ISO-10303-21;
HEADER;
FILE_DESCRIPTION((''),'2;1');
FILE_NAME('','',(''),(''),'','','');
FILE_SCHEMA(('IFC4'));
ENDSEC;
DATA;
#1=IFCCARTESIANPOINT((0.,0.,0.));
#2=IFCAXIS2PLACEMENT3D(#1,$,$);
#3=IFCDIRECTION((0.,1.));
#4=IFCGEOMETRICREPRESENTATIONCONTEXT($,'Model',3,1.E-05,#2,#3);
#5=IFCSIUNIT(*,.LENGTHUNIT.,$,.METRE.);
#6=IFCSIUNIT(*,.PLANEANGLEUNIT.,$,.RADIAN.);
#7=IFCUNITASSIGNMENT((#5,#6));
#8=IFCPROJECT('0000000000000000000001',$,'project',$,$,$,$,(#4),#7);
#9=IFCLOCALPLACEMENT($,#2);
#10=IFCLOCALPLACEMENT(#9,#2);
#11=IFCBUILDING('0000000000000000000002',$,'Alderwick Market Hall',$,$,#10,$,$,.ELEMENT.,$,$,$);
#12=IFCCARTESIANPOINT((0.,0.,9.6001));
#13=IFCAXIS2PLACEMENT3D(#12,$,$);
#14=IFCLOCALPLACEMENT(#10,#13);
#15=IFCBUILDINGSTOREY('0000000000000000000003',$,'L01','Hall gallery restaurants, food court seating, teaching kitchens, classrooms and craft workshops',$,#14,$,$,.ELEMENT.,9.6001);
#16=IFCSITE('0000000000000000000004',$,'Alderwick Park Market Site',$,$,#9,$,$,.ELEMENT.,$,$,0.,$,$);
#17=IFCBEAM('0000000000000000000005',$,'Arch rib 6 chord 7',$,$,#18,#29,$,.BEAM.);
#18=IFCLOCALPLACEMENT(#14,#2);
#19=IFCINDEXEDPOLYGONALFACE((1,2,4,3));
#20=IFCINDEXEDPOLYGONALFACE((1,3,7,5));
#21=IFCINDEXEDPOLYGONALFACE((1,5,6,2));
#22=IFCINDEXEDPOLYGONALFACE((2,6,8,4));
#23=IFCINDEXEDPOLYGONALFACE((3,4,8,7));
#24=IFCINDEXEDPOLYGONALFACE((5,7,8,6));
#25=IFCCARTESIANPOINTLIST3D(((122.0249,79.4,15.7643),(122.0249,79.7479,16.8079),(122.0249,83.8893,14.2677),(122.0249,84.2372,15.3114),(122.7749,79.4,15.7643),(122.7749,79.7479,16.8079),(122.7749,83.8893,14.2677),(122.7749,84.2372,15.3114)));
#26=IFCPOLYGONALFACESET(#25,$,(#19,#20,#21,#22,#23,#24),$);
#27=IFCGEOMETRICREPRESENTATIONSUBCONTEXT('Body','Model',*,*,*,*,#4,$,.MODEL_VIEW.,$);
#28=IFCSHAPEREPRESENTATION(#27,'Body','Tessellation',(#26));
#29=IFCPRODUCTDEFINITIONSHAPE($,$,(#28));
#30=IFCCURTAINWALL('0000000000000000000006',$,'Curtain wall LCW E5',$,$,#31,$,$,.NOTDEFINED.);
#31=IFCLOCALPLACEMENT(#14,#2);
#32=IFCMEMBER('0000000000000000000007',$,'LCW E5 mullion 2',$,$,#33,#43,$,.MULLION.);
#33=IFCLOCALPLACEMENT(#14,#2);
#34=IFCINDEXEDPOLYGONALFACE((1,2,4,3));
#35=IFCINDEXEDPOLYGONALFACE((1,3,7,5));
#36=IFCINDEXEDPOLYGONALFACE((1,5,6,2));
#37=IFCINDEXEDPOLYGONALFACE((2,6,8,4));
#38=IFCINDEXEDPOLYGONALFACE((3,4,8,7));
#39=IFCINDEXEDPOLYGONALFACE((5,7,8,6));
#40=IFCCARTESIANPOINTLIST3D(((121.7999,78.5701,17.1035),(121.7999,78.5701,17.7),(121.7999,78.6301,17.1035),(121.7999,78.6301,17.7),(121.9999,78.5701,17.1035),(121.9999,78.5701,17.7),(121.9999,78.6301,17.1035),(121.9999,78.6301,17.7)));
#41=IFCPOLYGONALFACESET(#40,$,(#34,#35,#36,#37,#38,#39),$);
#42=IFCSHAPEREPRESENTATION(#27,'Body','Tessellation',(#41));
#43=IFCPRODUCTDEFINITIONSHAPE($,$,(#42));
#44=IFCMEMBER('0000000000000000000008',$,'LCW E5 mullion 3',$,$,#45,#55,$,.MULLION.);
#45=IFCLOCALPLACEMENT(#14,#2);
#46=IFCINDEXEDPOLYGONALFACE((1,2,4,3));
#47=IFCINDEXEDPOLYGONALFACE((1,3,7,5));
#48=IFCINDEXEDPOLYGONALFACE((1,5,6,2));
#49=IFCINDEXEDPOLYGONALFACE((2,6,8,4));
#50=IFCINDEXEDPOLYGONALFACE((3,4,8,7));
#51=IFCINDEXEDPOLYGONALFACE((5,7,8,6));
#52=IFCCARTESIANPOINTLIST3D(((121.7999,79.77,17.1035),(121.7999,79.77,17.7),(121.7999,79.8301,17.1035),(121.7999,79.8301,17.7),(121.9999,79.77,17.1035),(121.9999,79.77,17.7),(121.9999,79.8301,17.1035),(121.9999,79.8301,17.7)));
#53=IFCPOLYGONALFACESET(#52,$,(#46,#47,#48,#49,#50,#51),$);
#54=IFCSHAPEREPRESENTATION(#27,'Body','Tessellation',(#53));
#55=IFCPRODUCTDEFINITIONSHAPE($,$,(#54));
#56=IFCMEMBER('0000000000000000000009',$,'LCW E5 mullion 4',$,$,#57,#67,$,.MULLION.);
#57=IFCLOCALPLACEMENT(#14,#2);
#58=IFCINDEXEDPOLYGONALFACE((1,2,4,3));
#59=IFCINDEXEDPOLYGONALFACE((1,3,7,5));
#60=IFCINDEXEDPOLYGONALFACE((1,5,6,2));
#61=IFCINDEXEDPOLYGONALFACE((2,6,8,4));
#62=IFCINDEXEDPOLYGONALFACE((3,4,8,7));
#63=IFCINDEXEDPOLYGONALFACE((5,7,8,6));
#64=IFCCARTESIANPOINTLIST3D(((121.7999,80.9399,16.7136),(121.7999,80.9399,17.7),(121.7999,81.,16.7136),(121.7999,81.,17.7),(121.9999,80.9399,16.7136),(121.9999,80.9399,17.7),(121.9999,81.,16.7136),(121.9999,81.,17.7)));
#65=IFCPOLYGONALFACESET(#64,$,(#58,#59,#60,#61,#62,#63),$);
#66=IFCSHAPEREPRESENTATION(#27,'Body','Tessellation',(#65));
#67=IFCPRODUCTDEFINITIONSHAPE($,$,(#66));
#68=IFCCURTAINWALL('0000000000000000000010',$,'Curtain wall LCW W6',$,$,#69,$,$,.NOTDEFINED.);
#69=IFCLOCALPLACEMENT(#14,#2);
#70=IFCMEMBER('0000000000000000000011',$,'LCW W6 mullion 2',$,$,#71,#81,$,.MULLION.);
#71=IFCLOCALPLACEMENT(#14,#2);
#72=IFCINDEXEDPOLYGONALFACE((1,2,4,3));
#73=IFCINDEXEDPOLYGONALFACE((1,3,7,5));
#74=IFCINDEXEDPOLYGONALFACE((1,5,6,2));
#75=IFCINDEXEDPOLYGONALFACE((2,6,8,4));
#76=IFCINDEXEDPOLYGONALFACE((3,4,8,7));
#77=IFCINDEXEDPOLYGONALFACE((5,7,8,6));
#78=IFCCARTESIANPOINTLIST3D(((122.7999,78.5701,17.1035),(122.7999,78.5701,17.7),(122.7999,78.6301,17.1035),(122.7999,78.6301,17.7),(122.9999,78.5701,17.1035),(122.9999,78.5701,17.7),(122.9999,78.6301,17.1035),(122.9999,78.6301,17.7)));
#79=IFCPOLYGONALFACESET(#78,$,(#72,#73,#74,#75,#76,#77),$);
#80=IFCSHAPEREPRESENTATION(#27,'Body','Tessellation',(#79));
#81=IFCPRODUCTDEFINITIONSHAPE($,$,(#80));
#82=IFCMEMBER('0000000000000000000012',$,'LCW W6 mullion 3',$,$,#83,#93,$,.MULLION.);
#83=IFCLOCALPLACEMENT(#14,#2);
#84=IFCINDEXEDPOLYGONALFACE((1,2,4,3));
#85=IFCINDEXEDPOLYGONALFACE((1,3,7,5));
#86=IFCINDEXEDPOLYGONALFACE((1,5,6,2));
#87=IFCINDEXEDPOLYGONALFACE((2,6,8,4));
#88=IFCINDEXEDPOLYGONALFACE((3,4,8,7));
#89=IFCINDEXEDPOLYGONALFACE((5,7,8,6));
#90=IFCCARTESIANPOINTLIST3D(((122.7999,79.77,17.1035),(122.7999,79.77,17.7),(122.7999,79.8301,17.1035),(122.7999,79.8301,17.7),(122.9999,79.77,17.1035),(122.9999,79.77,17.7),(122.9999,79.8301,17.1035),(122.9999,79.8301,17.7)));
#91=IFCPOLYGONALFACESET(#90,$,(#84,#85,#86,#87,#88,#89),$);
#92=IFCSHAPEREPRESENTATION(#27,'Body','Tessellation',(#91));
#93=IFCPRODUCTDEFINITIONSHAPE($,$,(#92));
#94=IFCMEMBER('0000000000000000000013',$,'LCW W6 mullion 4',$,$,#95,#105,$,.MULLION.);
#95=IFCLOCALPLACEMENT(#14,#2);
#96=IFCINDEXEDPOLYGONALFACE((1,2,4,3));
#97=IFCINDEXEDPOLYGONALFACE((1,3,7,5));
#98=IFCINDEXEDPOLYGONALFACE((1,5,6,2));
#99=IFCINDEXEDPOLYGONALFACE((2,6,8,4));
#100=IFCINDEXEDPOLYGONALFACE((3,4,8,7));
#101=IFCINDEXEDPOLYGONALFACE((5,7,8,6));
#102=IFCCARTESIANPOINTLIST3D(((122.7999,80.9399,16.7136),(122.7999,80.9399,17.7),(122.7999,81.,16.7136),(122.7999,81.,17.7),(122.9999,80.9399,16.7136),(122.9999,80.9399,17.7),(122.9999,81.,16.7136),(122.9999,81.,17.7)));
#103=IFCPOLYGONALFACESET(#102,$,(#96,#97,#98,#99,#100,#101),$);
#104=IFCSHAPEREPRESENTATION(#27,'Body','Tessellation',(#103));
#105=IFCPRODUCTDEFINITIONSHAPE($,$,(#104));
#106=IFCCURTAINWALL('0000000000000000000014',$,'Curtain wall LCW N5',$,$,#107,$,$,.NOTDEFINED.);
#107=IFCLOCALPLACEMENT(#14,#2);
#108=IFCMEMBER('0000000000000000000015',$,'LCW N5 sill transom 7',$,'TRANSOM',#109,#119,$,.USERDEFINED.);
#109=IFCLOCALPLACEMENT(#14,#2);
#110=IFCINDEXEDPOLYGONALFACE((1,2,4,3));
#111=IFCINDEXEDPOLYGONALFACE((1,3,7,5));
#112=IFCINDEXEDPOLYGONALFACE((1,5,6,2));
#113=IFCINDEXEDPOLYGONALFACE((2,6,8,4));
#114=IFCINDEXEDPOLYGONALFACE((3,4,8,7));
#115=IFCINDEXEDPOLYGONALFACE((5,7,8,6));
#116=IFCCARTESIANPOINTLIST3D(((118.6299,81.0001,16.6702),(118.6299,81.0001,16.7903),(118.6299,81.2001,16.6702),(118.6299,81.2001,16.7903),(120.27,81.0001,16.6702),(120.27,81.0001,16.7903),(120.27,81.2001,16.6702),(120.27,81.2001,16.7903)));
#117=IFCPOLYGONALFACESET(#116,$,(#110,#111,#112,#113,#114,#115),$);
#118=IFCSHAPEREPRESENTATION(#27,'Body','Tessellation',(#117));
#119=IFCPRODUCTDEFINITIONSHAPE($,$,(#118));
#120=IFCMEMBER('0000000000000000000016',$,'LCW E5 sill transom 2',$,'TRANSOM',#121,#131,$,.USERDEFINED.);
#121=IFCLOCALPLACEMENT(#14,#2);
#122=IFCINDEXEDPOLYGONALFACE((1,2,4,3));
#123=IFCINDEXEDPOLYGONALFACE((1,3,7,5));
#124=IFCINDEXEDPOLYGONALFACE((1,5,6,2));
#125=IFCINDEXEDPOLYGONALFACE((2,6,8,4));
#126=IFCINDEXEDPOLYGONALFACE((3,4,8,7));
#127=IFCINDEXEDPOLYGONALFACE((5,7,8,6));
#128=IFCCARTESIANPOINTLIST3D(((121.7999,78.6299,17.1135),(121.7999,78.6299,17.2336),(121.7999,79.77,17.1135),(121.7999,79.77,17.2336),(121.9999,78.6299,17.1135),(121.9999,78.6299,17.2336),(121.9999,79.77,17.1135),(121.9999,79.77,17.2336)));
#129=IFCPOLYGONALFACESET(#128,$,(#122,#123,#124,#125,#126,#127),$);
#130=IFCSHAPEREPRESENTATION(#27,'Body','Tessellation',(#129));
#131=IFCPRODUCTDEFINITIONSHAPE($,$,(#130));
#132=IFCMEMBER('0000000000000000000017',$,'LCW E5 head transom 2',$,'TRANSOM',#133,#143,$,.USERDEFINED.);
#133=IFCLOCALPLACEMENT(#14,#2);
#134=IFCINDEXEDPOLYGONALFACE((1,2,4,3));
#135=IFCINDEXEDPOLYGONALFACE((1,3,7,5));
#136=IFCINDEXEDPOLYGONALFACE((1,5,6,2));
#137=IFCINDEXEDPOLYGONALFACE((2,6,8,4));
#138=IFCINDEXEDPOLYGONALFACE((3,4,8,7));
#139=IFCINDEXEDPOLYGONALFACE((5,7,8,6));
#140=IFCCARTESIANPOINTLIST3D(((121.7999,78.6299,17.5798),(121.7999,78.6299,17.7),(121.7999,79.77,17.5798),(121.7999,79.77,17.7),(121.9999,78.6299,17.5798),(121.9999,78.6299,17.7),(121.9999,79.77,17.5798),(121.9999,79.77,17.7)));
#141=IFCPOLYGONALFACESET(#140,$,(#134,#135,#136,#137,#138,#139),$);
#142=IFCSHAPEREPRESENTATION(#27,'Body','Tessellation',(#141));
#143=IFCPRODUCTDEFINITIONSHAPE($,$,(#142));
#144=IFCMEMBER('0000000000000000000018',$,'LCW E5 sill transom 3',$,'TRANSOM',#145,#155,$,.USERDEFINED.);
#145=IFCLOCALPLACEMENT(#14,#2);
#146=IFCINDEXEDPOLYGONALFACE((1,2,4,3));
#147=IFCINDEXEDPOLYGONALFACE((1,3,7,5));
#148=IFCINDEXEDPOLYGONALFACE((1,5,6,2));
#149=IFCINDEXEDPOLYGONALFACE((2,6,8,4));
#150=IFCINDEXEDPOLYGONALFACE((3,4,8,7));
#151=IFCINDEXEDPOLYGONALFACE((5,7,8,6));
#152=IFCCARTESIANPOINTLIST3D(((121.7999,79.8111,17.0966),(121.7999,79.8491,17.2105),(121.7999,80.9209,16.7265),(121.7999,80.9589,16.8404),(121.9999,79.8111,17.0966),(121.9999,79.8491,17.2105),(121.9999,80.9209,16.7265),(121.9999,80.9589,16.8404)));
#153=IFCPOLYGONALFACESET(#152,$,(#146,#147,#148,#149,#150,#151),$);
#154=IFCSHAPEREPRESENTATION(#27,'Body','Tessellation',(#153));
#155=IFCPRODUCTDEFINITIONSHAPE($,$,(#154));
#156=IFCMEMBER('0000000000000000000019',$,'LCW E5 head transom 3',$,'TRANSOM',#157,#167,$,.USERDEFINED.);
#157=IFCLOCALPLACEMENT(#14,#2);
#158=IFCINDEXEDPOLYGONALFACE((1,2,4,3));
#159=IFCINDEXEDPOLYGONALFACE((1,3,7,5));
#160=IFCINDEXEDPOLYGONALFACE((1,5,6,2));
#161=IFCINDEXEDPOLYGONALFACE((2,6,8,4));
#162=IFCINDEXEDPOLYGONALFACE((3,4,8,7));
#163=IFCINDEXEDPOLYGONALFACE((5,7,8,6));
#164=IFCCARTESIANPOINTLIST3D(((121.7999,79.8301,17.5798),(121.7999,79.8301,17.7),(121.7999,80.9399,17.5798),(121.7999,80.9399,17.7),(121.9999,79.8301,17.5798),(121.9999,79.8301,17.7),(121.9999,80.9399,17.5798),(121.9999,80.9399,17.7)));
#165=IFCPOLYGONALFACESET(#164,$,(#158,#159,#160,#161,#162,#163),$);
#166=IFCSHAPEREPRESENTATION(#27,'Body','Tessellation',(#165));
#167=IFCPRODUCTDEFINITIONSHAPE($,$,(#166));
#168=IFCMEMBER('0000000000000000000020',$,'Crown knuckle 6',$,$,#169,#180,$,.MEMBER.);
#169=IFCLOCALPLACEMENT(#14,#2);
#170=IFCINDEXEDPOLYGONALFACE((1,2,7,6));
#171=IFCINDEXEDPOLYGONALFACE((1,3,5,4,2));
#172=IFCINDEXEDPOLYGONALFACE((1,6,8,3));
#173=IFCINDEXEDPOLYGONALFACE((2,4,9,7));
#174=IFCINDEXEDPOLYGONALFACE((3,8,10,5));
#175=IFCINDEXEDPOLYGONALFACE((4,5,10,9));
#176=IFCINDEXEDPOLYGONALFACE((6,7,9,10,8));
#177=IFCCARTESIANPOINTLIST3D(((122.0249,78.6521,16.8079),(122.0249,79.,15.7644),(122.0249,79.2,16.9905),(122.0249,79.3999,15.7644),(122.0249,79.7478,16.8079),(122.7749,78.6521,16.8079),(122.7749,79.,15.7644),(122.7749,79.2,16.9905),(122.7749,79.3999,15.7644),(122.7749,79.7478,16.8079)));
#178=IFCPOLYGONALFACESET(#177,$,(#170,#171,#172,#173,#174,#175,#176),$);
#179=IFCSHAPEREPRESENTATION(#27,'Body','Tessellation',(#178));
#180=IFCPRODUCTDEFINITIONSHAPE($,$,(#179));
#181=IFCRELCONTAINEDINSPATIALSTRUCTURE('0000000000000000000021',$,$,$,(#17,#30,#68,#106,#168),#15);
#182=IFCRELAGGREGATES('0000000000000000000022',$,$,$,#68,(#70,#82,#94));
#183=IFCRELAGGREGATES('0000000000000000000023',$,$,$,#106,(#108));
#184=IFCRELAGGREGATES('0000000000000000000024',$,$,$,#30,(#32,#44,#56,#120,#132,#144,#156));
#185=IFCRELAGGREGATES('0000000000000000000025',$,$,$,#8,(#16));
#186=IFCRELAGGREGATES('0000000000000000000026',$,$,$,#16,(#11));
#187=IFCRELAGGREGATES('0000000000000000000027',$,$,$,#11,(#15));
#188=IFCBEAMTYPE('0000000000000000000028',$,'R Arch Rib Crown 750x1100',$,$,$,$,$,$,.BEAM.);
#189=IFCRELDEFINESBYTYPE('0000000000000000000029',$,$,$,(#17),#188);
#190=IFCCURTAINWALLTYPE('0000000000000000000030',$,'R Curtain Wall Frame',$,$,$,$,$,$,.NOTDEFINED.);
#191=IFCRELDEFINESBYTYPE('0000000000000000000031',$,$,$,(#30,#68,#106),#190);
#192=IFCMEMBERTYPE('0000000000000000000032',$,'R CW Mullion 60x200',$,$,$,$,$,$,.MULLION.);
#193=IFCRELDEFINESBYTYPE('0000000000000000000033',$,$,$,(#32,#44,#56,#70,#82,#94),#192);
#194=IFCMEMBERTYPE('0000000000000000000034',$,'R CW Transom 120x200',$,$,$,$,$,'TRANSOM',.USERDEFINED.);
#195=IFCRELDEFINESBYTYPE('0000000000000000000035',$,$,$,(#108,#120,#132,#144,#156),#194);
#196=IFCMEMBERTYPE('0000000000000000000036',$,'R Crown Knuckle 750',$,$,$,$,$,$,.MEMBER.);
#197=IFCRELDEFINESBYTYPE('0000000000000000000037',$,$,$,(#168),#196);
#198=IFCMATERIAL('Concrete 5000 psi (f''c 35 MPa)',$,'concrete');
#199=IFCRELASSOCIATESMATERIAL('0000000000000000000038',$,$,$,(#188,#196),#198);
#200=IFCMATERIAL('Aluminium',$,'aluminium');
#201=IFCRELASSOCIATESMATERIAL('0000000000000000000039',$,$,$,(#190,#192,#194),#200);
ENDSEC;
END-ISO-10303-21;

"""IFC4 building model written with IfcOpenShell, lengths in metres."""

from ifc_helpers import new_model, si_unit, direction, frame, origin, origin_2d, place, context, subcontext, project, spatial, polyline, rectangle, outline, extrude, material, material_profile, profile_set, type_object, element, aggregate, save


model = new_model("IFC4")

# Units and contexts
model_context = context("Model", 3, precision=1e-05, world=origin(), true_north=direction((0.0, 1.0)))
body_context = subcontext(model_context, "Body", "Model", "MODEL_VIEW")
ifc_project = project(units=[si_unit("LENGTHUNIT", "METRE"), si_unit("PLANEANGLEUNIT", "RADIAN")], contexts=[model_context])

# Site, building, storey
site_placement = place(None, origin())
site = spatial("IfcSite", under=ifc_project, at=site_placement, Name="Alderwick Park Market Site", CompositionType="ELEMENT", RefElevation=0.0)
building_placement = place(site_placement, origin())
building = spatial("IfcBuilding", under=site, at=building_placement, Name="Alderwick Market Hall", CompositionType="ELEMENT")
storey_placement = place(building_placement, frame((0.0, 0.0, 9.6001)))
storey = spatial("IfcBuildingStorey", under=building, at=storey_placement, Name="L01", Description="Hall gallery restaurants, food court seating, teaching kitchens, classrooms and craft workshops", CompositionType="ELEMENT", Elevation=9.6001)

# Beam
ifc_material_1 = material(Name="Concrete 5000 psi (f'c 35 MPa)", Category="concrete")
ifc_material_profile_1 = material_profile(ifc_material_1, rectangle(XDim=0.75, YDim=1.1001, at=origin_2d()), Name="RC 750x1100")
ifc_profile_set_1 = profile_set([ifc_material_profile_1], Name="Concrete 5000 psi (f'c 35 MPa)")
beam_type = type_object("IfcBeamType", Name="R Arch Rib Crown 750x1100", PredefinedType="BEAM", material=ifc_profile_set_1)
beam_placement = place(storey_placement, frame((122.3999, 79.574, 16.2861), z_axis=(0.0, 0.948673, -0.316259), x_axis=(-1.0, 0.0, 0.0)))
element("IfcBeam", 1, at=beam_placement, inside=storey, type_object=beam_type, Name="Arch rib 6 chord 7", PredefinedType="BEAM", context=body_context, shape_type="SweptSolid", body=[
    extrude(rectangle(XDim=0.75, YDim=1.1001, at=origin_2d()), origin(), (0.0, 0.0, 1.0), 4.7322),
])

# Curtain walls, members
ifc_material_2 = material(Name="Aluminium", Category="aluminium")
curtain_wall_type = type_object("IfcCurtainWallType", Name="R Curtain Wall Frame", PredefinedType="NOTDEFINED", material=ifc_material_2)
curtain_wall_1_placement = place(storey_placement, origin())
curtain_wall_1 = element("IfcCurtainWall", 2, at=curtain_wall_1_placement, inside=storey, type_object=curtain_wall_type, Name="Curtain wall LCW E5", PredefinedType="NOTDEFINED")
ifc_material_profile_2 = material_profile(ifc_material_2, rectangle(XDim=0.2, YDim=0.0601, at=origin_2d()), Name="AL 60x200")
ifc_profile_set_2 = profile_set([ifc_material_profile_2], Name="Aluminium")
member_type_1 = type_object("IfcMemberType", Name="R CW Mullion 60x200", PredefinedType="MULLION", material=ifc_profile_set_2)
member_1_placement = place(storey_placement, frame((121.8999, 78.6001, 17.1035), z_axis=(0.0, 0.0, 1.0), x_axis=(1.0, 0.0, 0.0)))
member_1 = element("IfcMember", 3, at=member_1_placement, type_object=member_type_1, Name="LCW E5 mullion 2", PredefinedType="MULLION", context=body_context, shape_type="SweptSolid", body=[
    extrude(rectangle(XDim=0.2, YDim=0.0601, at=origin_2d()), origin(), (0.0, 0.0, 1.0), 0.5964),
])
member_2_placement = place(storey_placement, frame((121.8999, 79.8, 17.1035), z_axis=(0.0, 0.0, 1.0), x_axis=(1.0, 0.0, 0.0)))
member_2 = element("IfcMember", 4, at=member_2_placement, type_object=member_type_1, Name="LCW E5 mullion 3", PredefinedType="MULLION", context=body_context, shape_type="SweptSolid", body=[
    extrude(rectangle(XDim=0.2, YDim=0.0601, at=origin_2d()), origin(), (0.0, 0.0, 1.0), 0.5964),
])
member_3_placement = place(storey_placement, frame((121.8999, 80.97, 16.7136), z_axis=(0.0, 0.0, 1.0), x_axis=(1.0, 0.0, 0.0)))
member_3 = element("IfcMember", 5, at=member_3_placement, type_object=member_type_1, Name="LCW E5 mullion 4", PredefinedType="MULLION", context=body_context, shape_type="SweptSolid", body=[
    extrude(rectangle(XDim=0.2, YDim=0.0601, at=origin_2d()), origin(), (0.0, 0.0, 1.0), 0.9863),
])
curtain_wall_2_placement = place(storey_placement, origin())
curtain_wall_2 = element("IfcCurtainWall", 6, at=curtain_wall_2_placement, inside=storey, type_object=curtain_wall_type, Name="Curtain wall LCW W6", PredefinedType="NOTDEFINED")
member_4_placement = place(storey_placement, frame((122.8999, 78.6001, 17.1035), z_axis=(0.0, 0.0, 1.0), x_axis=(1.0, 0.0, 0.0)))
member_4 = element("IfcMember", 7, at=member_4_placement, type_object=member_type_1, Name="LCW W6 mullion 2", PredefinedType="MULLION", context=body_context, shape_type="SweptSolid", body=[
    extrude(rectangle(XDim=0.2, YDim=0.0601, at=origin_2d()), origin(), (0.0, 0.0, 1.0), 0.5964),
])
member_5_placement = place(storey_placement, frame((122.8999, 79.8, 17.1035), z_axis=(0.0, 0.0, 1.0), x_axis=(1.0, 0.0, 0.0)))
member_5 = element("IfcMember", 8, at=member_5_placement, type_object=member_type_1, Name="LCW W6 mullion 3", PredefinedType="MULLION", context=body_context, shape_type="SweptSolid", body=[
    extrude(rectangle(XDim=0.2, YDim=0.0601, at=origin_2d()), origin(), (0.0, 0.0, 1.0), 0.5964),
])
member_6_placement = place(storey_placement, frame((122.8999, 80.97, 16.7136), z_axis=(0.0, 0.0, 1.0), x_axis=(1.0, 0.0, 0.0)))
member_6 = element("IfcMember", 9, at=member_6_placement, type_object=member_type_1, Name="LCW W6 mullion 4", PredefinedType="MULLION", context=body_context, shape_type="SweptSolid", body=[
    extrude(rectangle(XDim=0.2, YDim=0.0601, at=origin_2d()), origin(), (0.0, 0.0, 1.0), 0.9863),
])
aggregate(curtain_wall_2, [member_4, member_5, member_6])

# Curtain wall, member
curtain_wall_3_placement = place(storey_placement, origin())
curtain_wall_3 = element("IfcCurtainWall", 10, at=curtain_wall_3_placement, inside=storey, type_object=curtain_wall_type, Name="Curtain wall LCW N5", PredefinedType="NOTDEFINED")
ifc_material_profile_3 = material_profile(ifc_material_2, rectangle(XDim=0.2, YDim=0.1201, at=origin_2d()), Name="AL 120x200")
ifc_profile_set_3 = profile_set([ifc_material_profile_3], Name="Aluminium")
member_type_2 = type_object("IfcMemberType", Name="R CW Transom 120x200", ElementType="TRANSOM", PredefinedType="USERDEFINED", material=ifc_profile_set_3)
member_7_placement = place(storey_placement, frame((118.6299, 81.1001, 16.7302), z_axis=(1.0, 0.0, 0.0), x_axis=(0.0, 1.0, 0.0)))
member_7 = element("IfcMember", 11, at=member_7_placement, type_object=member_type_2, Name="LCW N5 sill transom 7", ObjectType="TRANSOM", PredefinedType="USERDEFINED", context=body_context, shape_type="SweptSolid", body=[
    extrude(rectangle(XDim=0.2, YDim=0.1201, at=origin_2d()), origin(), (0.0, 0.0, 1.0), 1.6401),
])
aggregate(curtain_wall_3, [member_7])

# Members
member_8_placement = place(storey_placement, frame((121.8999, 78.6299, 17.1736), z_axis=(0.0, 1.0, 0.0), x_axis=(-1.0, 0.0, 0.0)))
member_8 = element("IfcMember", 12, at=member_8_placement, type_object=member_type_2, Name="LCW E5 sill transom 2", ObjectType="TRANSOM", PredefinedType="USERDEFINED", context=body_context, shape_type="SweptSolid", body=[
    extrude(rectangle(XDim=0.2, YDim=0.1201, at=origin_2d()), origin(), (0.0, 0.0, 1.0), 1.1401),
])
member_9_placement = place(storey_placement, frame((121.8999, 78.6299, 17.6399), z_axis=(0.0, 1.0, 0.0), x_axis=(-1.0, 0.0, 0.0)))
member_9 = element("IfcMember", 13, at=member_9_placement, type_object=member_type_2, Name="LCW E5 head transom 2", ObjectType="TRANSOM", PredefinedType="USERDEFINED", context=body_context, shape_type="SweptSolid", body=[
    extrude(rectangle(XDim=0.2, YDim=0.1201, at=origin_2d()), origin(), (0.0, 0.0, 1.0), 1.1401),
])
member_10_placement = place(storey_placement, frame((121.8999, 79.8301, 17.1536), z_axis=(0.0, 0.948642, -0.316353), x_axis=(-1.0, 0.0, 0.0)))
member_10 = element("IfcMember", 14, at=member_10_placement, type_object=member_type_2, Name="LCW E5 sill transom 3", ObjectType="TRANSOM", PredefinedType="USERDEFINED", context=body_context, shape_type="SweptSolid", body=[
    extrude(rectangle(XDim=0.2, YDim=0.1201, at=origin_2d()), origin(), (0.0, 0.0, 1.0), 1.1699),
])
member_11_placement = place(storey_placement, frame((121.8999, 79.8301, 17.6399), z_axis=(0.0, 1.0, 0.0), x_axis=(-1.0, 0.0, 0.0)))
member_11 = element("IfcMember", 15, at=member_11_placement, type_object=member_type_2, Name="LCW E5 head transom 3", ObjectType="TRANSOM", PredefinedType="USERDEFINED", context=body_context, shape_type="SweptSolid", body=[
    extrude(rectangle(XDim=0.2, YDim=0.1201, at=origin_2d()), origin(), (0.0, 0.0, 1.0), 1.1099),
])

# Member
ifc_material_profile_4 = material_profile(ifc_material_1, outline(polyline([(-0.2, 0.0), (-0.5479, 1.0435), (0.0, 1.2261), (0.5479, 1.0435), (0.2, 0.0), (-0.2, 0.0)])), Name="RC crown knuckle")
ifc_profile_set_4 = profile_set([ifc_material_profile_4], Name="Concrete 5000 psi (f'c 35 MPa)")
member_type_3 = type_object("IfcMemberType", Name="R Crown Knuckle 750", PredefinedType="MEMBER", material=ifc_profile_set_4)
member_12_placement = place(storey_placement, frame((122.0249, 79.2, 15.7644), z_axis=(1.0, 0.0, 0.0), x_axis=(0.0, 1.0, 0.0)))
element("IfcMember", 16, at=member_12_placement, inside=storey, type_object=member_type_3, Name="Crown knuckle 6", PredefinedType="MEMBER", context=body_context, shape_type="SweptSolid", body=[
    extrude(outline(polyline([(-0.2, 0.0), (-0.5479, 1.0435), (0.0, 1.2261), (0.5479, 1.0435), (0.2, 0.0), (-0.2, 0.0)])), origin(), (0.0, 0.0, 1.0), 0.75),
])

aggregate(curtain_wall_1, [member_1, member_2, member_3, member_8, member_9, member_10, member_11])

save(model, "model.ifc")
